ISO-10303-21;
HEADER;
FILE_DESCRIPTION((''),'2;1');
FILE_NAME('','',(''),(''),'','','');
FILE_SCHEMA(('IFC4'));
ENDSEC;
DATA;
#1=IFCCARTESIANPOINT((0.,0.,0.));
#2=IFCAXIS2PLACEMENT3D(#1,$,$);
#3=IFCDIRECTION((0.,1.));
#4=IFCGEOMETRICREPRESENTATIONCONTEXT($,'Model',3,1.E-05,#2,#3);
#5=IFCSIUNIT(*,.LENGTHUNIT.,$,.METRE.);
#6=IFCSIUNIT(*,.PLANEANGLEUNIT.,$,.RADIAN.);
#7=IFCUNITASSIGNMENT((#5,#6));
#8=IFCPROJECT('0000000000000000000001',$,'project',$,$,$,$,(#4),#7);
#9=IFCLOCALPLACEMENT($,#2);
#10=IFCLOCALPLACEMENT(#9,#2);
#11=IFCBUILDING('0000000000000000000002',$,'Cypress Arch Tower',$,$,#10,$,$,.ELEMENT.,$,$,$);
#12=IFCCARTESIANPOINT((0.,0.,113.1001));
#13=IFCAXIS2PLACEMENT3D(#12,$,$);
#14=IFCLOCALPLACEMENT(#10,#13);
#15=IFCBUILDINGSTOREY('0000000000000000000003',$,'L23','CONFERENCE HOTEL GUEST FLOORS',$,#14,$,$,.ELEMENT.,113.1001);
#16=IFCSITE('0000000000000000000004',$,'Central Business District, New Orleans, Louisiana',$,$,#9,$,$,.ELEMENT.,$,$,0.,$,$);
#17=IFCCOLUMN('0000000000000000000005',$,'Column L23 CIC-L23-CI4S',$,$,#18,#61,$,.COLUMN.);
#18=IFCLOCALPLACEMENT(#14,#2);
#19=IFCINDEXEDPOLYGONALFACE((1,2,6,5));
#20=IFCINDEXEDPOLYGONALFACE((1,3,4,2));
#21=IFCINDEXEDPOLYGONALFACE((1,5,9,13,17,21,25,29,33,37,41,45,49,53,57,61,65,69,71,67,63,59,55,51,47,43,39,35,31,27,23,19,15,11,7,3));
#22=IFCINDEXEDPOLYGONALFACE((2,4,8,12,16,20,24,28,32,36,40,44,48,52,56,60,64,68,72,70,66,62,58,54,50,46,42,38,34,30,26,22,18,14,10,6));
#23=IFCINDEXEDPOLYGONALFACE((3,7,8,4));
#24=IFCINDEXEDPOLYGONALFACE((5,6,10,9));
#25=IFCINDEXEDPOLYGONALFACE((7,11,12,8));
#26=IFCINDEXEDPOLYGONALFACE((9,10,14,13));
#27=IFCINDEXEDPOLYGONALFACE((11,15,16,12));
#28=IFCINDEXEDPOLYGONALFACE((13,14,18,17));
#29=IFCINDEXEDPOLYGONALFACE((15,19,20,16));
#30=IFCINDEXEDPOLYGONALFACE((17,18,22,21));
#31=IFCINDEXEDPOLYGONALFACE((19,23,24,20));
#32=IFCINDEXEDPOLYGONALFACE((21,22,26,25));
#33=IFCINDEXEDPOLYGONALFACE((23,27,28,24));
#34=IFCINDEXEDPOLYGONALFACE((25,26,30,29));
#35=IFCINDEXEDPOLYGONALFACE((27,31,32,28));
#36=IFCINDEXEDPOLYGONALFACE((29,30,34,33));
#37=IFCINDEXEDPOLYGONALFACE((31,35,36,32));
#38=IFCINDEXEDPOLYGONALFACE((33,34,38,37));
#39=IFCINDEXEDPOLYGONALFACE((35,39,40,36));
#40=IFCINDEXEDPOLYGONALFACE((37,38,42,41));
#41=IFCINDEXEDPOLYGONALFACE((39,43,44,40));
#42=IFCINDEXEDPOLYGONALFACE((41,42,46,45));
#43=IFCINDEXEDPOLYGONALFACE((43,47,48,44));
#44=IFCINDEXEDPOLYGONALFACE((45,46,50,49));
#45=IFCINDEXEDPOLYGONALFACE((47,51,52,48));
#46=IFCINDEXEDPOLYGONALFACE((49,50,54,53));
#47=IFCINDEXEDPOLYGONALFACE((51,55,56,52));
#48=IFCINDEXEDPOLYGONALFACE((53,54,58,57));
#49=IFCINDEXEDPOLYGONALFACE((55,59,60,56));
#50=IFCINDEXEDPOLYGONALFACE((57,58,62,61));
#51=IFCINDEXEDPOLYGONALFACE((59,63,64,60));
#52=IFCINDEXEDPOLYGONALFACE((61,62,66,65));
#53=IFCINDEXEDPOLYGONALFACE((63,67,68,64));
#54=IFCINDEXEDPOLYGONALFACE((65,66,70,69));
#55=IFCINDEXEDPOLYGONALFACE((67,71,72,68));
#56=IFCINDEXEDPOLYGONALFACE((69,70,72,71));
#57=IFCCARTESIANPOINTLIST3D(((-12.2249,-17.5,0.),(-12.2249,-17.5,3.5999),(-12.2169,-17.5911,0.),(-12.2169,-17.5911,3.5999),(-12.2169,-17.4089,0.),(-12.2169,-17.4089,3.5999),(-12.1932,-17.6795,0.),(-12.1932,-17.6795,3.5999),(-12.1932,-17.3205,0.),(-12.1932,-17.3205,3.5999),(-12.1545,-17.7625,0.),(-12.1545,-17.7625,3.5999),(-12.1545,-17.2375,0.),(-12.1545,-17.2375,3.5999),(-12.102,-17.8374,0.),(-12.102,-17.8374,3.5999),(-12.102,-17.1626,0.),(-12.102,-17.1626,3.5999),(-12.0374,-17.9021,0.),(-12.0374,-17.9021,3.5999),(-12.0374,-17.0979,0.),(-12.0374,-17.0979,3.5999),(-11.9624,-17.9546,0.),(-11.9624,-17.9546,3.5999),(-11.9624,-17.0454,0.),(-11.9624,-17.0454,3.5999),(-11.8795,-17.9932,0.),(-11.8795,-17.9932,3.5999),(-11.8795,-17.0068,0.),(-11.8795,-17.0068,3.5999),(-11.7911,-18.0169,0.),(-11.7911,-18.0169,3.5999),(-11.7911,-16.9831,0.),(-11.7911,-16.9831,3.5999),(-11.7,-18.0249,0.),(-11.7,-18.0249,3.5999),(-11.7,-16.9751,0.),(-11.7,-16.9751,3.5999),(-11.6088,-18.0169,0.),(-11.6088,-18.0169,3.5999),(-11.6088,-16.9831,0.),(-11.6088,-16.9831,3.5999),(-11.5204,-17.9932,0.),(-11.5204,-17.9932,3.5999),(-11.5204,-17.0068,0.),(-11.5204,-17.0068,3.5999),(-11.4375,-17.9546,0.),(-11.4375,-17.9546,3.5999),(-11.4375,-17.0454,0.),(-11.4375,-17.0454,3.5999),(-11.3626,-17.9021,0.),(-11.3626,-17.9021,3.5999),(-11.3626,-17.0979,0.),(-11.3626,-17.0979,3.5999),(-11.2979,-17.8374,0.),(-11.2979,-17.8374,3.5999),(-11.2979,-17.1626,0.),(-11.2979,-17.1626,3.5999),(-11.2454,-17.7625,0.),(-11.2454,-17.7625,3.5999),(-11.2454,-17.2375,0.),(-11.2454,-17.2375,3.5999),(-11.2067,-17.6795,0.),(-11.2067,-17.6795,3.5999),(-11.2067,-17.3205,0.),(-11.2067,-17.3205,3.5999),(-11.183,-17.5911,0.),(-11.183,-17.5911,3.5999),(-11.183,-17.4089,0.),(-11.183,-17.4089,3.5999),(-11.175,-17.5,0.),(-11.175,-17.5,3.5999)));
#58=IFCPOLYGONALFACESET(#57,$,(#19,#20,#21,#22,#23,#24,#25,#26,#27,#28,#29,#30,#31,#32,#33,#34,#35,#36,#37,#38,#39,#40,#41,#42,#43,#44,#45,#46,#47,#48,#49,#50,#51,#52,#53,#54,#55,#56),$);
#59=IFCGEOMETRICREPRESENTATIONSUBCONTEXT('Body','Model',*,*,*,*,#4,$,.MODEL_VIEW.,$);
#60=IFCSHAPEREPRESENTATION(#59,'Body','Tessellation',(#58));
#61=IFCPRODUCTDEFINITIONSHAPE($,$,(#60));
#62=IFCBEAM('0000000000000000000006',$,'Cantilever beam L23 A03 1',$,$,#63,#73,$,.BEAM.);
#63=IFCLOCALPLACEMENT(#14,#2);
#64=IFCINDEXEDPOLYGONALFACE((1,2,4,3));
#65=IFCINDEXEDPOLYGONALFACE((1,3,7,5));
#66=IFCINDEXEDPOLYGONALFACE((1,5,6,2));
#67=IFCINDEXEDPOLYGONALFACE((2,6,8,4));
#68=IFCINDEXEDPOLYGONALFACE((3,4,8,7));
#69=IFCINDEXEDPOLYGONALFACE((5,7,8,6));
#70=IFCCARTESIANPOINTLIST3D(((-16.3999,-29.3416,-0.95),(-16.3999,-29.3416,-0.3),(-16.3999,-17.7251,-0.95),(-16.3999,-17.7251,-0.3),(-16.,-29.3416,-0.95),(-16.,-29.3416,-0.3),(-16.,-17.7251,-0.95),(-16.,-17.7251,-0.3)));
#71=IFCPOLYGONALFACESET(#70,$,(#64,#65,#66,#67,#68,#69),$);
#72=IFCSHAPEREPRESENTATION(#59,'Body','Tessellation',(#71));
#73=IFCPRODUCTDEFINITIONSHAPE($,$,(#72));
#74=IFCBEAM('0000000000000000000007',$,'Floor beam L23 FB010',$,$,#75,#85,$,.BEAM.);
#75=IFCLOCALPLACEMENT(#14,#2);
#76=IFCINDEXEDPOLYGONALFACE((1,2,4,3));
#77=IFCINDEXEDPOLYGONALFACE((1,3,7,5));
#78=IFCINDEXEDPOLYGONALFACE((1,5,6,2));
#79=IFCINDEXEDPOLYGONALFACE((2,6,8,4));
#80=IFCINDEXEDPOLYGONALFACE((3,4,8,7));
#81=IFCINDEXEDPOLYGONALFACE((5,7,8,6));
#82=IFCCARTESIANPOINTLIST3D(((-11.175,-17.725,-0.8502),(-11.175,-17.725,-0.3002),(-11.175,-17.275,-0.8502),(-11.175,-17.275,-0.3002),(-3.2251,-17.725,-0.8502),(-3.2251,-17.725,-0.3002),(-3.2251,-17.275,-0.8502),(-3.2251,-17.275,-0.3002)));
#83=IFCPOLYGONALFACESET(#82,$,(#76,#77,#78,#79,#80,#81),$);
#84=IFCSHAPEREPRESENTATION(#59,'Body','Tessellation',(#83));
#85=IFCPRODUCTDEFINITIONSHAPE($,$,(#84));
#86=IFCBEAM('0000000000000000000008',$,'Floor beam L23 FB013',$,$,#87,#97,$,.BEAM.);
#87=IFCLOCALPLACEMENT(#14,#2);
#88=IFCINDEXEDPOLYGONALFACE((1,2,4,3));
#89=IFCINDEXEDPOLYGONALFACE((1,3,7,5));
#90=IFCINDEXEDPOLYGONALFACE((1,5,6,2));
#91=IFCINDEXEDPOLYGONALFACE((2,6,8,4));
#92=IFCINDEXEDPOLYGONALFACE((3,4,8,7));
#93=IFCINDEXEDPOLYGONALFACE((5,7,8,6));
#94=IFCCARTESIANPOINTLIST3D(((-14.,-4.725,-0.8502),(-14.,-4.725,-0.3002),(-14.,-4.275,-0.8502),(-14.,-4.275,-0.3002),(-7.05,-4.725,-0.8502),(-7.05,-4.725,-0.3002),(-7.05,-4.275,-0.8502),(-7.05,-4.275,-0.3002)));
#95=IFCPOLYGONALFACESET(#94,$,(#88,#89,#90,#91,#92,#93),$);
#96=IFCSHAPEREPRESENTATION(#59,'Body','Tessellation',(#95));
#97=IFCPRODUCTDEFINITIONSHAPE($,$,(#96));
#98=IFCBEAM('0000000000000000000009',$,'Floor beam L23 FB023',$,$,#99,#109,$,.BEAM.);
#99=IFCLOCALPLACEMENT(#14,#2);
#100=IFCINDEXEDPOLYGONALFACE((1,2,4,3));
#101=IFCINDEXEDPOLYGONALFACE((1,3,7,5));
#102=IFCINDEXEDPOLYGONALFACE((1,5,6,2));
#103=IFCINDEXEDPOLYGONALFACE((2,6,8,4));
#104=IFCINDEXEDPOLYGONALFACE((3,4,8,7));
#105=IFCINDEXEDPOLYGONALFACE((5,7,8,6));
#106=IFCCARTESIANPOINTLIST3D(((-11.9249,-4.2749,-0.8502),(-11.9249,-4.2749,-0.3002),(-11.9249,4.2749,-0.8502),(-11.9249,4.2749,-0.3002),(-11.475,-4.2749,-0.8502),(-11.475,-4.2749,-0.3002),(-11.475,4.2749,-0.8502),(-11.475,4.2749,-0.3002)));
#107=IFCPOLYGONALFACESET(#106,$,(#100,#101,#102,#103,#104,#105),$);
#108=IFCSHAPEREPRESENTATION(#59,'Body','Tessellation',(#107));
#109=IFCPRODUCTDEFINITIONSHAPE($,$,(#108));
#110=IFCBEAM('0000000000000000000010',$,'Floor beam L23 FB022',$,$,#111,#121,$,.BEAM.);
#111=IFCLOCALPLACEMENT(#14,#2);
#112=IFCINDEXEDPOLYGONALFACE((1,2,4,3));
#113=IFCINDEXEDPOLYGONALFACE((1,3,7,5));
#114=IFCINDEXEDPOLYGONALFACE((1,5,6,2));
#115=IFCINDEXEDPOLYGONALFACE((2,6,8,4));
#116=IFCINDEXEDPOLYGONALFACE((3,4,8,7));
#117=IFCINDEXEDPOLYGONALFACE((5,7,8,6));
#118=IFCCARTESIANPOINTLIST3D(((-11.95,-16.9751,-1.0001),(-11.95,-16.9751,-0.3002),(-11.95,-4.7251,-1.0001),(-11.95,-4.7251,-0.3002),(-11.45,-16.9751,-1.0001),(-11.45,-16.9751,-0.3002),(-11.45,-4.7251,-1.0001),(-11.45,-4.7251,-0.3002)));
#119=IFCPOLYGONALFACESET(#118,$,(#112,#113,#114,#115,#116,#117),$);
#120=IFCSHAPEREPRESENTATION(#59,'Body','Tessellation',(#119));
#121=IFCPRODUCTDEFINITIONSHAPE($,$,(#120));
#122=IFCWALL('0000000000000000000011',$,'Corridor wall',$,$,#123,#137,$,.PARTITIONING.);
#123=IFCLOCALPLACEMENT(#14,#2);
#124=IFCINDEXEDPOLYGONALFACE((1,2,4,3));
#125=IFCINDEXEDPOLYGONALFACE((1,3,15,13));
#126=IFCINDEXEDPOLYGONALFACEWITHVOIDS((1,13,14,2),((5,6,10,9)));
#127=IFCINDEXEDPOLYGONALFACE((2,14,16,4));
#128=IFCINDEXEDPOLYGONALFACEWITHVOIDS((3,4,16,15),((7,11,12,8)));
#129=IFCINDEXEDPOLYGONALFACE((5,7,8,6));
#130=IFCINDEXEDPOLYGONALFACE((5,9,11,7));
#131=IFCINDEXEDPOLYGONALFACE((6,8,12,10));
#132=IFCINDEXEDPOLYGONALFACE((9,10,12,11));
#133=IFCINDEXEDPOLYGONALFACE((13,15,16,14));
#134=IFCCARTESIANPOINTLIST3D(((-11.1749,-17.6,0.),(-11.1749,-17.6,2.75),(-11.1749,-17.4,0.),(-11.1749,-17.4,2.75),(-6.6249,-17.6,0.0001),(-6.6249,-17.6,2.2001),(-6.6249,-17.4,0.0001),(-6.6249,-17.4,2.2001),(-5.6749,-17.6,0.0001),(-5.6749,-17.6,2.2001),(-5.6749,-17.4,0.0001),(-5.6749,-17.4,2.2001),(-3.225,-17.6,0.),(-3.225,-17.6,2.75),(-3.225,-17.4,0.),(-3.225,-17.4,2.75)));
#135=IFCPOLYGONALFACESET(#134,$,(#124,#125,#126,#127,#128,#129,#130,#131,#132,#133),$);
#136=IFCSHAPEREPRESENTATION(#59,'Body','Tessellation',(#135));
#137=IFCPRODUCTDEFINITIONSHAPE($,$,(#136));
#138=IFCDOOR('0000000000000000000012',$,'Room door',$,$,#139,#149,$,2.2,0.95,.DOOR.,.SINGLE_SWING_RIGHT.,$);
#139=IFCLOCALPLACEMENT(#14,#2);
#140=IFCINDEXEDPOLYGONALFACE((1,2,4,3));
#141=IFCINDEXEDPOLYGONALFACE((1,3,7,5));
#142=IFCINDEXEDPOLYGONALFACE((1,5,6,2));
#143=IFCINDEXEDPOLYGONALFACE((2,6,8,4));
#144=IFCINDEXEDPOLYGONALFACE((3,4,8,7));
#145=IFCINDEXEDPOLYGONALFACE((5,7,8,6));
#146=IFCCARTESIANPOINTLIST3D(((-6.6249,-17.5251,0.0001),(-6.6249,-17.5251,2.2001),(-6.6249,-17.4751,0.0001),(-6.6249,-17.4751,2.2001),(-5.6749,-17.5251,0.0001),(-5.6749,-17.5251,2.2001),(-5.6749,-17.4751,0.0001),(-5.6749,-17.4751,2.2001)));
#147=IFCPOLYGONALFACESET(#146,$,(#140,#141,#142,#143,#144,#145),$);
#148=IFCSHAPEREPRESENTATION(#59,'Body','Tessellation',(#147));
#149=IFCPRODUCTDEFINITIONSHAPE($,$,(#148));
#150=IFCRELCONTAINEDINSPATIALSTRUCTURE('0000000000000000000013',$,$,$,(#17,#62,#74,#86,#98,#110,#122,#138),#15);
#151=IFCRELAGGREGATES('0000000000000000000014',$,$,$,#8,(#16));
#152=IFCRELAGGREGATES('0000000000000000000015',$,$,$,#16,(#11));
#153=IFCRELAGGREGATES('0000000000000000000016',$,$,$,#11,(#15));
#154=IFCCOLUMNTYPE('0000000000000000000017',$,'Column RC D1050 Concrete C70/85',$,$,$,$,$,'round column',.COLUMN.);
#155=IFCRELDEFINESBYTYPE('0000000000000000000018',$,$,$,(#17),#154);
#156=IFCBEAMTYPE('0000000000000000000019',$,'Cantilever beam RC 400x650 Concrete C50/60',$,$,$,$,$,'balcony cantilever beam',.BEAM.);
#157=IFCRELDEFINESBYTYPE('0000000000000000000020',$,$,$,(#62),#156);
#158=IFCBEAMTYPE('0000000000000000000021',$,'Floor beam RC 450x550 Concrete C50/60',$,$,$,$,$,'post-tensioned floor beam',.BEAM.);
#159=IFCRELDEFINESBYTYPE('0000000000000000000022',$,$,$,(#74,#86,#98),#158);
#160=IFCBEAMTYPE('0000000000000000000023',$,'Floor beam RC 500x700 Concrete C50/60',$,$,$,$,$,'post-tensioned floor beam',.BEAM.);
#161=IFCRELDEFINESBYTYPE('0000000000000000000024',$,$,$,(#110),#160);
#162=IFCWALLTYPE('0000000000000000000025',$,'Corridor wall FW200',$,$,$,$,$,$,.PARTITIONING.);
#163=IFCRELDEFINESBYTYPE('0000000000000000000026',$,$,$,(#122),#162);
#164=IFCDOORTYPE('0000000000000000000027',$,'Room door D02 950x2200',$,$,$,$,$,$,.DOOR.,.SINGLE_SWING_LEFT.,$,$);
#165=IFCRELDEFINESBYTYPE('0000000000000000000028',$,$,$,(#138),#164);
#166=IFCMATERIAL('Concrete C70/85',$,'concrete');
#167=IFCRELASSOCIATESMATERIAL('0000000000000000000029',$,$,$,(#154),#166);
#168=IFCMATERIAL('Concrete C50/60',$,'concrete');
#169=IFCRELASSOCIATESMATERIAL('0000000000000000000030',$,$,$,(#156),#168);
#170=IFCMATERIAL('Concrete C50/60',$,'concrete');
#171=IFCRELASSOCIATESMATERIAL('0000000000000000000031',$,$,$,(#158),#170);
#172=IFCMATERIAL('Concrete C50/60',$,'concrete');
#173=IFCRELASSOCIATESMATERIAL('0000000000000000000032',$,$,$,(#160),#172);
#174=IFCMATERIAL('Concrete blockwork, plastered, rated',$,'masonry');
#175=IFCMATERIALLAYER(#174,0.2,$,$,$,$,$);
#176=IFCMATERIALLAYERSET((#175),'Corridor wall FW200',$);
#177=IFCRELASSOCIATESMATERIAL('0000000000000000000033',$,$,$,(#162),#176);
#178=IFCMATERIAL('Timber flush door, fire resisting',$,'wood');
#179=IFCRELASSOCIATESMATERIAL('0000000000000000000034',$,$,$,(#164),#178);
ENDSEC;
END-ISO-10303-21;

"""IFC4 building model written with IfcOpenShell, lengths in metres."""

from ifc_helpers import new_model, si_unit, direction, frame, frame_2d, origin, origin_2d, place, context, subcontext, project, spatial, rectangle, circle, extrude, material, layer, layer_set, material_profile, profile_set, type_object, element, fill, save


model = new_model("IFC4")

# Units and contexts
model_context = context("Model", 3, precision=1e-05, world=origin(), true_north=direction((0.0, 1.0)))
body_context = subcontext(model_context, "Body", "Model", "MODEL_VIEW")
ifc_project = project(units=[si_unit("LENGTHUNIT", "METRE"), si_unit("PLANEANGLEUNIT", "RADIAN")], contexts=[model_context])

# Site, building, storey
site_placement = place(None, origin())
site = spatial("IfcSite", under=ifc_project, at=site_placement, Name="Central Business District, New Orleans, Louisiana", CompositionType="ELEMENT", RefElevation=0.0)
building_placement = place(site_placement, origin())
building = spatial("IfcBuilding", under=site, at=building_placement, Name="Cypress Arch Tower", CompositionType="ELEMENT")
storey_placement = place(building_placement, frame((0.0, 0.0, 113.1001)))
storey = spatial("IfcBuildingStorey", under=building, at=storey_placement, Name="L23", Description="CONFERENCE HOTEL GUEST FLOORS", CompositionType="ELEMENT", Elevation=113.1001)

# Column
ifc_material_1 = material(Name="Concrete C70/85", Category="concrete")
ifc_material_profile_1 = material_profile(ifc_material_1, circle(Radius=0.5249, at=origin_2d()), Name="RC D1050")
ifc_profile_set_1 = profile_set([ifc_material_profile_1], Name="Concrete C70/85")
column_type = type_object("IfcColumnType", Name="Column RC D1050 Concrete C70/85", ElementType="round column", PredefinedType="COLUMN", material=ifc_profile_set_1)
column_placement = place(storey_placement, frame((-11.7, -17.5, 0.0), z_axis=(0.0, 0.0, 1.0), x_axis=(1.0, 0.0, 0.0)))
element("IfcColumn", 1, at=column_placement, inside=storey, type_object=column_type, Name="Column L23 CIC-L23-CI4S", PredefinedType="COLUMN", context=body_context, shape_type="SweptSolid", body=[
    extrude(circle(Radius=0.5249, at=origin_2d()), origin(), (0.0, 0.0, 1.0), 3.5999),
])

# Beams
ifc_material_2 = material(Name="Concrete C50/60", Category="concrete")
ifc_material_profile_2 = material_profile(ifc_material_2, rectangle(XDim=0.3999, YDim=0.6499, at=origin_2d()), Name="RC 400x650")
ifc_profile_set_2 = profile_set([ifc_material_profile_2], Name="Concrete C50/60")
beam_type_1 = type_object("IfcBeamType", Name="Cantilever beam RC 400x650 Concrete C50/60", ElementType="balcony cantilever beam", PredefinedType="BEAM", material=ifc_profile_set_2)
beam_1_placement = place(storey_placement, frame((-16.2, -17.7251, -0.625), z_axis=(0.0, -1.0, 0.0), x_axis=(1.0, 0.0, 0.0)))
element("IfcBeam", 2, at=beam_1_placement, inside=storey, type_object=beam_type_1, Name="Cantilever beam L23 A03 1", PredefinedType="BEAM", context=body_context, shape_type="SweptSolid", body=[
    extrude(rectangle(XDim=0.3999, YDim=0.6499, at=origin_2d()), origin(), (0.0, 0.0, 1.0), 11.6165),
])
ifc_material_3 = material(Name="Concrete C50/60", Category="concrete")
ifc_material_profile_3 = material_profile(ifc_material_3, rectangle(XDim=0.45, YDim=0.55, at=origin_2d()), Name="RC 450x550")
ifc_profile_set_3 = profile_set([ifc_material_profile_3], Name="Concrete C50/60")
beam_type_2 = type_object("IfcBeamType", Name="Floor beam RC 450x550 Concrete C50/60", ElementType="post-tensioned floor beam", PredefinedType="BEAM", material=ifc_profile_set_3)
beam_2_placement = place(storey_placement, frame((-11.175, -17.5, -0.5752), z_axis=(1.0, 0.0, 0.0), x_axis=(0.0, 1.0, 0.0)))
element("IfcBeam", 3, at=beam_2_placement, inside=storey, type_object=beam_type_2, Name="Floor beam L23 FB010", PredefinedType="BEAM", context=body_context, shape_type="SweptSolid", body=[
    extrude(rectangle(XDim=0.45, YDim=0.55, at=origin_2d()), origin(), (0.0, 0.0, 1.0), 7.95),
])
beam_3_placement = place(storey_placement, frame((-14.0, -4.5, -0.5752), z_axis=(1.0, 0.0, 0.0), x_axis=(0.0, 1.0, 0.0)))
element("IfcBeam", 4, at=beam_3_placement, inside=storey, type_object=beam_type_2, Name="Floor beam L23 FB013", PredefinedType="BEAM", context=body_context, shape_type="SweptSolid", body=[
    extrude(rectangle(XDim=0.45, YDim=0.55, at=origin_2d()), origin(), (0.0, 0.0, 1.0), 6.95),
])
beam_4_placement = place(storey_placement, frame((-11.7, -4.2749, -0.5752), z_axis=(0.0, 1.0, 0.0), x_axis=(-1.0, 0.0, 0.0)))
element("IfcBeam", 5, at=beam_4_placement, inside=storey, type_object=beam_type_2, Name="Floor beam L23 FB023", PredefinedType="BEAM", context=body_context, shape_type="SweptSolid", body=[
    extrude(rectangle(XDim=0.45, YDim=0.55, at=origin_2d()), origin(), (0.0, 0.0, 1.0), 8.5498),
])
ifc_material_4 = material(Name="Concrete C50/60", Category="concrete")
ifc_material_profile_4 = material_profile(ifc_material_4, rectangle(XDim=0.5, YDim=0.7, at=origin_2d()), Name="RC 500x700")
ifc_profile_set_4 = profile_set([ifc_material_profile_4], Name="Concrete C50/60")
beam_type_3 = type_object("IfcBeamType", Name="Floor beam RC 500x700 Concrete C50/60", ElementType="post-tensioned floor beam", PredefinedType="BEAM", material=ifc_profile_set_4)
beam_5_placement = place(storey_placement, frame((-11.7, -16.9751, -0.6501), z_axis=(0.0, 1.0, 0.0), x_axis=(-1.0, 0.0, 0.0)))
element("IfcBeam", 6, at=beam_5_placement, inside=storey, type_object=beam_type_3, Name="Floor beam L23 FB022", PredefinedType="BEAM", context=body_context, shape_type="SweptSolid", body=[
    extrude(rectangle(XDim=0.5, YDim=0.7, at=origin_2d()), origin(), (0.0, 0.0, 1.0), 12.25),
])

# Wall, opening, door
ifc_material_5 = material(Name="Concrete blockwork, plastered, rated", Category="masonry")
ifc_layer_1 = layer(ifc_material_5, 0.2)
ifc_layer_set_1 = layer_set([ifc_layer_1], Name="Corridor wall FW200")
wall_type_1 = type_object("IfcWallType", Name="Corridor wall FW200", PredefinedType="PARTITIONING", material=ifc_layer_set_1)
wall_1_placement = place(storey_placement, frame((-11.175, -17.5, 0.0), z_axis=(0.0, 0.0, 1.0), x_axis=(1.0, 0.0, 0.0)))
wall_1 = element("IfcWall", 7, at=wall_1_placement, inside=storey, type_object=wall_type_1, Name="Corridor wall", PredefinedType="PARTITIONING", context=body_context, shape_type="SweptSolid", body=[
    extrude(rectangle(XDim=7.95, YDim=0.2, at=frame_2d((3.9751, 0.0))), origin(), (0.0, 0.0, 1.0), 2.75),
])
opening_1_placement = place(wall_1_placement, frame((4.55, 0.0, 0.0)))
opening_1 = element("IfcOpeningElement", 8, at=opening_1_placement, cuts=wall_1, PredefinedType="OPENING", context=body_context, shape_type="SweptSolid", body=[
    extrude(rectangle(XDim=0.95, YDim=2.2, at=frame_2d((0.4751, 1.1001))), frame((0.0, 0.1099, 0.0), z_axis=(0.0, -1.0, 0.0), x_axis=(1.0, 0.0, 0.0)), (0.0, 0.0, 1.0), 0.22),
])
ifc_material_6 = material(Name="Timber flush door, fire resisting", Category="wood")
door_type_1 = type_object("IfcDoorType", Name="Room door D02 950x2200", OperationType="SINGLE_SWING_LEFT", PredefinedType="DOOR", material=ifc_material_6)
door_1_placement = place(opening_1_placement, origin())
door_1 = element("IfcDoor", 9, at=door_1_placement, inside=storey, type_object=door_type_1, Name="Room door", OperationType="SINGLE_SWING_RIGHT", OverallHeight=2.2, OverallWidth=0.95, PredefinedType="DOOR", context=body_context, shape_type="SweptSolid", body=[
    extrude(rectangle(XDim=0.95, YDim=2.2, at=frame_2d((0.4751, 1.1001))), frame((0.0, 0.0249, 0.0), z_axis=(0.0, -1.0, 0.0), x_axis=(1.0, 0.0, 0.0)), (0.0, 0.0, 1.0), 0.05),
])
fill(opening_1, door_1)

save(model, "model.ifc")
